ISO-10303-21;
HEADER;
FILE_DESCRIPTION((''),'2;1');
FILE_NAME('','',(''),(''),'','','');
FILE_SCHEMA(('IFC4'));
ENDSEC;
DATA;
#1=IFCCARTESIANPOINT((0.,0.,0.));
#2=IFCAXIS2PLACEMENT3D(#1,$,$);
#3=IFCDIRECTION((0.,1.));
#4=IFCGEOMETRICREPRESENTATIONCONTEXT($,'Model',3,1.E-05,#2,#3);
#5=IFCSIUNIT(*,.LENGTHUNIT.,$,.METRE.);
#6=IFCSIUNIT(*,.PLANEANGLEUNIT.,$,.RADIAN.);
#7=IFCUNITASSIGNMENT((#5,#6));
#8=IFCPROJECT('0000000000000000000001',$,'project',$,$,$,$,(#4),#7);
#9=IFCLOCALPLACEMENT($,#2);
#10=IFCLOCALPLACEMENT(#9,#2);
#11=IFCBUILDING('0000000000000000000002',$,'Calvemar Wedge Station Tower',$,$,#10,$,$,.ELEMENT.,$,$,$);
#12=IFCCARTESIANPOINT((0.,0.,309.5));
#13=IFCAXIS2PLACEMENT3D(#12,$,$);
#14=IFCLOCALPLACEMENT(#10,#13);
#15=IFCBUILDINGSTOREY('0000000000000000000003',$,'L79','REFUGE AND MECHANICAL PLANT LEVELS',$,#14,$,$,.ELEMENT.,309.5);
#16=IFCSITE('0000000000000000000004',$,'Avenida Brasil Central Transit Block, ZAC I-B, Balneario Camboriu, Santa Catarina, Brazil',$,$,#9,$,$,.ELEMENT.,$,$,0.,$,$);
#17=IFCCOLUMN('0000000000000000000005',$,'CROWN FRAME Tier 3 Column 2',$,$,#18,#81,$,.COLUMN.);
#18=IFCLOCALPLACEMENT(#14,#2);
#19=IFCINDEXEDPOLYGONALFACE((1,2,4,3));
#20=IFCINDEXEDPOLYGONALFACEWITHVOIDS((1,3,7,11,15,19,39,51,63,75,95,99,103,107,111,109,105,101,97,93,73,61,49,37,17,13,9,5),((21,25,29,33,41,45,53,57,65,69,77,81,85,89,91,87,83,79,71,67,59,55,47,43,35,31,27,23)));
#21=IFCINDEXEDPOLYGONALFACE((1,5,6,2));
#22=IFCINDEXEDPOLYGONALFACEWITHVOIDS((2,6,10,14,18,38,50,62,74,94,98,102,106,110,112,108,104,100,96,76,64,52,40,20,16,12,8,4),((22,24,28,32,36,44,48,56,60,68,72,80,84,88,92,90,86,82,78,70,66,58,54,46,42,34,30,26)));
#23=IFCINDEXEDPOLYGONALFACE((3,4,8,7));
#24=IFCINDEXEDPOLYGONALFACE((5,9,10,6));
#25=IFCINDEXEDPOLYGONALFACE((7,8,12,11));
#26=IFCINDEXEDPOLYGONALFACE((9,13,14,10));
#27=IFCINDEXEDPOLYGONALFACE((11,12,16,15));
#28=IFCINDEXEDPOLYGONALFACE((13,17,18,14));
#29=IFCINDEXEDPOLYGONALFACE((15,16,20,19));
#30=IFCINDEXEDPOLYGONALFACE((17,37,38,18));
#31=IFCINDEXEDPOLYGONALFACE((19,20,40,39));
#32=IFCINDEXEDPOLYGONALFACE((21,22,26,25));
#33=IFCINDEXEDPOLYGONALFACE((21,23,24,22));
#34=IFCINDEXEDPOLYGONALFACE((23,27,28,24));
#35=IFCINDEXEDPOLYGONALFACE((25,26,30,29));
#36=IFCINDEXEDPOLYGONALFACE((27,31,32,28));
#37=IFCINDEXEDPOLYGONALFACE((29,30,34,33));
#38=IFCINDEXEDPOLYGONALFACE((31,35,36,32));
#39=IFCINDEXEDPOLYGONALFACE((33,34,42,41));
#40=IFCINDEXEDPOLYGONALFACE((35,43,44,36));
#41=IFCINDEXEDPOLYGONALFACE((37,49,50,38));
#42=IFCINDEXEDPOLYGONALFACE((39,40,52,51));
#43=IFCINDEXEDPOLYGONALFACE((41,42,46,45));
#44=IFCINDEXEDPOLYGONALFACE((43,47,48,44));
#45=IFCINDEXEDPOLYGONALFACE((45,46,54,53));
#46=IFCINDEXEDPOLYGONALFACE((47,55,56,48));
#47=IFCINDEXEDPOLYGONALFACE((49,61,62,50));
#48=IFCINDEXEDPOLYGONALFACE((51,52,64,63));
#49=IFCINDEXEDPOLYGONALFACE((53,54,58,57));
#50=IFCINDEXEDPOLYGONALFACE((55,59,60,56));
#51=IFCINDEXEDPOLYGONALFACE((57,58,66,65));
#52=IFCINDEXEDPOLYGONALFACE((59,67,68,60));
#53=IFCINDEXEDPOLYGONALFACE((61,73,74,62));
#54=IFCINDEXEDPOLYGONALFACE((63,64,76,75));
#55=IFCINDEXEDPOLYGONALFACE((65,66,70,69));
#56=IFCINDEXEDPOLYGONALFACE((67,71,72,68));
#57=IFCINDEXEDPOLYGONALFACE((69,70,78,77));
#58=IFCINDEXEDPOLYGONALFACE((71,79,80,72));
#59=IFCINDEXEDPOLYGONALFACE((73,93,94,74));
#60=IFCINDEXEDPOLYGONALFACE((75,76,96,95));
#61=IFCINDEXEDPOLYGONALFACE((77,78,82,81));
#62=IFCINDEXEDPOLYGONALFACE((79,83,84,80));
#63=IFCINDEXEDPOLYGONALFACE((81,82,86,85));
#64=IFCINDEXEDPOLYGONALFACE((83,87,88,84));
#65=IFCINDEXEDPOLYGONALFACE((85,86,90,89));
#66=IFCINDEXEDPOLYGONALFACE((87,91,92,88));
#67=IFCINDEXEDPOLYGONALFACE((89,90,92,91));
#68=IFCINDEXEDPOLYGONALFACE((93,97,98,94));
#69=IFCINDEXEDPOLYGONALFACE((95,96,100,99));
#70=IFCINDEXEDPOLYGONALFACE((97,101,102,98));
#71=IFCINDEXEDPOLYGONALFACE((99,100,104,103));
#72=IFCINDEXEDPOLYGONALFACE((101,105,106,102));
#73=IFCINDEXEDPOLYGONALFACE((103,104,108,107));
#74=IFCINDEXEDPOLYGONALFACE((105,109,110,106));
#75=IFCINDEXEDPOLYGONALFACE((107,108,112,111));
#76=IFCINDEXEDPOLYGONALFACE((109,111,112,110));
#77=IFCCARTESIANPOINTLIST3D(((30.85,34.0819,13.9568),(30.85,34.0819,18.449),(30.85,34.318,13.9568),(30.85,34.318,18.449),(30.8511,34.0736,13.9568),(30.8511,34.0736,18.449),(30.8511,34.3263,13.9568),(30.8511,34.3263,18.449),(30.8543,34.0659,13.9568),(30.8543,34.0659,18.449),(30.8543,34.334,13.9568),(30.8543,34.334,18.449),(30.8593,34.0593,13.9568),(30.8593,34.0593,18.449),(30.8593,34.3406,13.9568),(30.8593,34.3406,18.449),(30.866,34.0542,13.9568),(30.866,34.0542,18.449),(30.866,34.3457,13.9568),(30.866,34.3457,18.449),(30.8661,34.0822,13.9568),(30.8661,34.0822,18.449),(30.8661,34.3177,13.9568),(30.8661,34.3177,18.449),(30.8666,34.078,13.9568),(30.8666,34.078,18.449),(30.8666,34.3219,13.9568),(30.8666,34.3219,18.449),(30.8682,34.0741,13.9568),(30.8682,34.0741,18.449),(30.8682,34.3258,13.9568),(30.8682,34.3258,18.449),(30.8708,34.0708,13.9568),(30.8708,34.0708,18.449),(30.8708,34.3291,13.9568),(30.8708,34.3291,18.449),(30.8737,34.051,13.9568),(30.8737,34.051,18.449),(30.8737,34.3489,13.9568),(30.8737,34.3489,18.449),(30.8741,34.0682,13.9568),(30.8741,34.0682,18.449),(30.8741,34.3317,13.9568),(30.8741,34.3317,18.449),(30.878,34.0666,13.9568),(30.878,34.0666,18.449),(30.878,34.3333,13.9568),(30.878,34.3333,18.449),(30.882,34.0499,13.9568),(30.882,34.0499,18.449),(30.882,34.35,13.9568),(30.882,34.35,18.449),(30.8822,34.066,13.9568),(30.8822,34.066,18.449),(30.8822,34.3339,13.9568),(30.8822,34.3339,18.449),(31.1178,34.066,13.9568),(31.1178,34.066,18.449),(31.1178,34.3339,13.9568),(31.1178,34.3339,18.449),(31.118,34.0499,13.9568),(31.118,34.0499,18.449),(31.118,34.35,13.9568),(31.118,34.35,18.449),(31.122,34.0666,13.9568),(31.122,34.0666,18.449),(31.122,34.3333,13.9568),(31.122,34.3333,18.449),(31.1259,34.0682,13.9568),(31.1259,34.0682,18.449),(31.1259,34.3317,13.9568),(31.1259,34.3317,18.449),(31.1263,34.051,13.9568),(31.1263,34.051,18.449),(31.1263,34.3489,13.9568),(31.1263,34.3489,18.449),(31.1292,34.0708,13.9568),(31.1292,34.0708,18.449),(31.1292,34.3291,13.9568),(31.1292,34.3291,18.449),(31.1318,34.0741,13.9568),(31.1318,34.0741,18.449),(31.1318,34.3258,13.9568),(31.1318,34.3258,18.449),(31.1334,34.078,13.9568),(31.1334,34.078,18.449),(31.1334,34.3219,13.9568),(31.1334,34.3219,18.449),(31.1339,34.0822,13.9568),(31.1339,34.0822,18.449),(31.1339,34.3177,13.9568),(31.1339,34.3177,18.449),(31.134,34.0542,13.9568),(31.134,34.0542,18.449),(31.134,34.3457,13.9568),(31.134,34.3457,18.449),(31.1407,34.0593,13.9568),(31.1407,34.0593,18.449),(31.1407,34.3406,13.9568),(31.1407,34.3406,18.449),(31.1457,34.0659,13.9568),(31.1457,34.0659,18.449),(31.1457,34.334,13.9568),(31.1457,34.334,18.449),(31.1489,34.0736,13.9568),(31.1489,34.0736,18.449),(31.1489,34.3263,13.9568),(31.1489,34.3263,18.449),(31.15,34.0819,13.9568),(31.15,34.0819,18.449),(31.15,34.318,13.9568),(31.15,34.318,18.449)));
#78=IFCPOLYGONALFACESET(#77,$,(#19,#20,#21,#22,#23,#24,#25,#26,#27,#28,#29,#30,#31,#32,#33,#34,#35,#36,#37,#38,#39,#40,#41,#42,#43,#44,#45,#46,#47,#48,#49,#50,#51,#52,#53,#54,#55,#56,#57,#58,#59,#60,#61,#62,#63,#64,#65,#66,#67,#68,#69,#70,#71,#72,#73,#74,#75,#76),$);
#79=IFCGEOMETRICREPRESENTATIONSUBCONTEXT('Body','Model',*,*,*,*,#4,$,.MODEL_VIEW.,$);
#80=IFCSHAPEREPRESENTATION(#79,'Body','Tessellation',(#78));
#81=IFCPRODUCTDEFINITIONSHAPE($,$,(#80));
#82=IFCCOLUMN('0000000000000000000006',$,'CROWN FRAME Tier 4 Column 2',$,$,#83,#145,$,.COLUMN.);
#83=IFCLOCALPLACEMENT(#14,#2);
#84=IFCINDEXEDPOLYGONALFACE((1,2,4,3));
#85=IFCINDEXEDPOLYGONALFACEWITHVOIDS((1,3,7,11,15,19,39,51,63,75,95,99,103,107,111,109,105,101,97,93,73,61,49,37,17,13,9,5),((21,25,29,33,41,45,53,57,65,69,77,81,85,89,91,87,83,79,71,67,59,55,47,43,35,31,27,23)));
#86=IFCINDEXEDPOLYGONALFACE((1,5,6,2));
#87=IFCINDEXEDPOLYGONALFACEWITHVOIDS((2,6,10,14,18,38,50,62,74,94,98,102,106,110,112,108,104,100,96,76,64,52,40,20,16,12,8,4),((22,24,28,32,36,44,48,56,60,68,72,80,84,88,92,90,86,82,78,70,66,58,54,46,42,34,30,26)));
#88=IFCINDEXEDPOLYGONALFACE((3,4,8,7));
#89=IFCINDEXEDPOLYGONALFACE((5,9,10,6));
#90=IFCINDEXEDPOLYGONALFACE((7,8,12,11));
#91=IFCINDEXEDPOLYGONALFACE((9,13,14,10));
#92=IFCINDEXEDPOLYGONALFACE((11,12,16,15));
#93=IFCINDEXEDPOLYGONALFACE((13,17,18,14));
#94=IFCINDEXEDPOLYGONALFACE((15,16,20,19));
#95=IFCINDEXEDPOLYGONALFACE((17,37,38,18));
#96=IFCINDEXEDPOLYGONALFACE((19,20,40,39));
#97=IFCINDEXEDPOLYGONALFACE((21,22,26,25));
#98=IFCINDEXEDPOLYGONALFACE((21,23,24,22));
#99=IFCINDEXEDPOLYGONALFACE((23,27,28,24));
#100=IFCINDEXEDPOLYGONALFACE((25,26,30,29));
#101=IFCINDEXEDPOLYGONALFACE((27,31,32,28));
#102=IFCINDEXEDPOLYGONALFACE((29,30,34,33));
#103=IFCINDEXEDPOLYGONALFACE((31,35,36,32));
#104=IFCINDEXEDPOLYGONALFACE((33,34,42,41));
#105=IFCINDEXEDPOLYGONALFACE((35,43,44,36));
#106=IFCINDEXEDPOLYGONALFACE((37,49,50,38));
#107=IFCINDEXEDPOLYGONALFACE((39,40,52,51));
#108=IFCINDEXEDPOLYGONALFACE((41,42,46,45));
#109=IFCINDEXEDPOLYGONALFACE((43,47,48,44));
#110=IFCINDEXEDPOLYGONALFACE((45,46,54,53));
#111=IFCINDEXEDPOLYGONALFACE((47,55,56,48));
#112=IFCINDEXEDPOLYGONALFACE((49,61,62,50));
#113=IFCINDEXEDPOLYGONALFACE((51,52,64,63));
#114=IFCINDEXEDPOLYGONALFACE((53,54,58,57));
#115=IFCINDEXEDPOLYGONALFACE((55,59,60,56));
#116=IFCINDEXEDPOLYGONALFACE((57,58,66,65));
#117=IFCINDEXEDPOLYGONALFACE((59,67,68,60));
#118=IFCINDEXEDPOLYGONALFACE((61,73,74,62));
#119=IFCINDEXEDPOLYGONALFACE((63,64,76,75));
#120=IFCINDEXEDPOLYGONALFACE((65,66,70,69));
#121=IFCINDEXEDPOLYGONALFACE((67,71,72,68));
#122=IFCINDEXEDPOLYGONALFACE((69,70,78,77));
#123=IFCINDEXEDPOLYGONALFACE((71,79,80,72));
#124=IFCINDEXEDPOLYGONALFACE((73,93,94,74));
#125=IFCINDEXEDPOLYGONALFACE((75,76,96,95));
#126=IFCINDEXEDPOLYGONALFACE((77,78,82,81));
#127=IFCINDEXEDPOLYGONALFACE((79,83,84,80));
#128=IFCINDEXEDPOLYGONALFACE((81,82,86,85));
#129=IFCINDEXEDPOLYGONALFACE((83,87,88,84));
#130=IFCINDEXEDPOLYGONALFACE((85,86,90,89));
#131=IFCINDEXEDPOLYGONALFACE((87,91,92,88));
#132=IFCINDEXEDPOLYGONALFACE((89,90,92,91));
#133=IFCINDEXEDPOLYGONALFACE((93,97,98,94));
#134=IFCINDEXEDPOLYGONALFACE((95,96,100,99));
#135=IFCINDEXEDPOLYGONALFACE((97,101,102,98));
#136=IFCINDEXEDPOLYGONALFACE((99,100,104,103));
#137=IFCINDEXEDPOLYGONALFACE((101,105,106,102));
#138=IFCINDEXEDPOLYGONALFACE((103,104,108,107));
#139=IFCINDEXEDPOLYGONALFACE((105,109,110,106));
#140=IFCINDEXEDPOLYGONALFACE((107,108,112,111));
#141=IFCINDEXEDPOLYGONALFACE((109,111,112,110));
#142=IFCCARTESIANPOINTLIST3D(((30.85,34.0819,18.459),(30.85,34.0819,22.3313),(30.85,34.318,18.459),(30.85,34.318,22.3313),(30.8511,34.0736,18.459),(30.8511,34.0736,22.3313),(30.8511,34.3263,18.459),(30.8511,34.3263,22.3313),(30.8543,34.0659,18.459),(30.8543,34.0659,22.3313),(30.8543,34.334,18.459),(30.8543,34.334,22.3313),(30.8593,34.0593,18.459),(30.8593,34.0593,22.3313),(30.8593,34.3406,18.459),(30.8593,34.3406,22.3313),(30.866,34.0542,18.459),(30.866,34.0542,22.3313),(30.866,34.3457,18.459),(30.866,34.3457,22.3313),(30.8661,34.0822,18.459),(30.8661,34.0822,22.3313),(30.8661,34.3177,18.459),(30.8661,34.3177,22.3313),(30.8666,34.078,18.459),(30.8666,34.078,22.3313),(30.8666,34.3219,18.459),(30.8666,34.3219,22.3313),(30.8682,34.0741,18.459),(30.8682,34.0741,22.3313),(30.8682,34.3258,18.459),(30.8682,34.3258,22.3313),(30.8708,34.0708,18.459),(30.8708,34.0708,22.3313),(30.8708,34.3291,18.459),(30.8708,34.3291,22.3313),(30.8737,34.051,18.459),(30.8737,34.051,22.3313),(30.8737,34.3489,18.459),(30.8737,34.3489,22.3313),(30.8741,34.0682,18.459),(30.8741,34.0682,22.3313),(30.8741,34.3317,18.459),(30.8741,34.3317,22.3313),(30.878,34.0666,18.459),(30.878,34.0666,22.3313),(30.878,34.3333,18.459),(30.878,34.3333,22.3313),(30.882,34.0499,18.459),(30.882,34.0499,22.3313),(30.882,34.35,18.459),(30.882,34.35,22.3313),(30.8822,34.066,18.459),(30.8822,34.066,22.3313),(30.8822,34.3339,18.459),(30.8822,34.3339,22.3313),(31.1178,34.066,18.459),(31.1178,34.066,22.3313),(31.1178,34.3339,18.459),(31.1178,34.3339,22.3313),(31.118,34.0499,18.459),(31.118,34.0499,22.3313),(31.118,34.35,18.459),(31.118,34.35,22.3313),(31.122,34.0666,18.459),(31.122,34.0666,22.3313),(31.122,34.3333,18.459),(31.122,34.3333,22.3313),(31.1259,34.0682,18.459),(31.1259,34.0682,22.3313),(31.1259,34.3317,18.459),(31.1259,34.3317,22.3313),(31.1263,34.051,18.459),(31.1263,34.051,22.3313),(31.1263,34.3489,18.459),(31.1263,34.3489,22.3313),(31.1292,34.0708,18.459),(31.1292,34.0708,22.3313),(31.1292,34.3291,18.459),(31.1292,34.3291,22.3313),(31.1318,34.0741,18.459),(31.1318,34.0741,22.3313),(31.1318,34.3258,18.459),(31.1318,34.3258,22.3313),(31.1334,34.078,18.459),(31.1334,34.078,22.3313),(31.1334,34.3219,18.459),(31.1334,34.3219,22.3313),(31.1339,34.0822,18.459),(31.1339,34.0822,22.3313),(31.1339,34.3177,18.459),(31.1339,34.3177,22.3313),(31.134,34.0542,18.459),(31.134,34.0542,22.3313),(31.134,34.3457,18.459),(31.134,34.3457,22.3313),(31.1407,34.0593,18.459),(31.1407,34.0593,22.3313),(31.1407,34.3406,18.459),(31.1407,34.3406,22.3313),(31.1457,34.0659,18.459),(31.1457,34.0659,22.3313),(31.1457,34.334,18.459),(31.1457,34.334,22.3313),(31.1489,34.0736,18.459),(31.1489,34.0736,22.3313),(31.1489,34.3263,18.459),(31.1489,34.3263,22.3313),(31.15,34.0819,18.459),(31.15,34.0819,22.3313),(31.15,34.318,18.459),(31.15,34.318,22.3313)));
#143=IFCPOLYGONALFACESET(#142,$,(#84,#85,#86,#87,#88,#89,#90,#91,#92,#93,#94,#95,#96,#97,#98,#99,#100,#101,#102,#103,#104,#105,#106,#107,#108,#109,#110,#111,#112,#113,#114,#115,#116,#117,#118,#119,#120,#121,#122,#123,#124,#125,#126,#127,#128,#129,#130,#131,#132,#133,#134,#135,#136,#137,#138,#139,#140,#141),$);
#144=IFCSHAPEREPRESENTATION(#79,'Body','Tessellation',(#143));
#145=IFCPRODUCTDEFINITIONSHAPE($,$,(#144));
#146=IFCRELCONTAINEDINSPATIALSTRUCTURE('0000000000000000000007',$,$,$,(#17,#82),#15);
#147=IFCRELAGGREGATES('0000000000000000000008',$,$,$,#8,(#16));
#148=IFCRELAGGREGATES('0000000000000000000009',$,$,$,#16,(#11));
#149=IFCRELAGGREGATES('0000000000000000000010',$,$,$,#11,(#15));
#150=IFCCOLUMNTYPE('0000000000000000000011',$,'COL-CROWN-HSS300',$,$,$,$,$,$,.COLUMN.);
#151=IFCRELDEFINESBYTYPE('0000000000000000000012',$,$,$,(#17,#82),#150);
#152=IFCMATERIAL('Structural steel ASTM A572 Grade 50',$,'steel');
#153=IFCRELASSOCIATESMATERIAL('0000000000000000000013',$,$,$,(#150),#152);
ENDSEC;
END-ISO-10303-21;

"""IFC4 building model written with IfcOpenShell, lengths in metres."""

from ifc_helpers import new_model, si_unit, direction, frame, origin, origin_2d, place, context, subcontext, project, spatial, hollow_rectangle, extrude, source, transform, mapped, material, material_profile, profile_set, type_object, element, save


model = new_model("IFC4")

# Units and contexts
model_context = context("Model", 3, precision=1e-05, world=origin(), true_north=direction((0.0, 1.0)))
body_context = subcontext(model_context, "Body", "Model", "MODEL_VIEW")
ifc_project = project(units=[si_unit("LENGTHUNIT", "METRE"), si_unit("PLANEANGLEUNIT", "RADIAN")], contexts=[model_context])

# Site, building, storey
site_placement = place(None, origin())
site = spatial("IfcSite", under=ifc_project, at=site_placement, Name="Avenida Brasil Central Transit Block, ZAC I-B, Balneario Camboriu, Santa Catarina, Brazil", CompositionType="ELEMENT", RefElevation=0.0)
building_placement = place(site_placement, origin())
building = spatial("IfcBuilding", under=site, at=building_placement, Name="Calvemar Wedge Station Tower", CompositionType="ELEMENT")
storey_placement = place(building_placement, frame((0.0, 0.0, 309.5)))
storey = spatial("IfcBuildingStorey", under=building, at=storey_placement, Name="L79", Description="REFUGE AND MECHANICAL PLANT LEVELS", CompositionType="ELEMENT", Elevation=309.5)

# Columns
ifc_material_1 = material(Name="Structural steel ASTM A572 Grade 50", Category="steel")
ifc_material_profile_1 = material_profile(ifc_material_1, hollow_rectangle(XDim=0.3, YDim=0.3, WallThickness=0.0161, InnerFilletRadius=0.0161, OuterFilletRadius=0.032, at=origin_2d()), Name="HSS300x300x16")
ifc_profile_set_1 = profile_set([ifc_material_profile_1], Name="Structural steel ASTM A572 Grade 50")
column_type = type_object("IfcColumnType", Name="COL-CROWN-HSS300", PredefinedType="COLUMN", material=ifc_profile_set_1)
shared_shape_1 = source(origin(), body_context, "Body", "SweptSolid", [
    extrude(hollow_rectangle(XDim=0.3, YDim=0.3, WallThickness=0.0161, InnerFilletRadius=0.0161, OuterFilletRadius=0.032, at=origin_2d()), origin(), (0.0, 0.0, 1.0), 4.4922),
])
for number, where, z_axis, x_axis, name in (
    (1, (31.0, 34.2, 13.9568), (0.0, 0.0, 1.0), (1.0, 0.0, 0.0), "CROWN FRAME Tier 3 Column 2"),
):
    element("IfcColumn", number, at=place(storey_placement, frame(where, z_axis=z_axis, x_axis=x_axis)), inside=storey, type_object=column_type, Name=name, PredefinedType="COLUMN", context=body_context, shape_type="MappedRepresentation", body=[
        mapped(shared_shape_1, transform((0.0, 0.0, 0.0), scale=1.0)),
    ])
shared_shape_2 = source(origin(), body_context, "Body", "SweptSolid", [
    extrude(hollow_rectangle(XDim=0.3, YDim=0.3, WallThickness=0.0161, InnerFilletRadius=0.0161, OuterFilletRadius=0.032, at=origin_2d()), origin(), (0.0, 0.0, 1.0), 3.8723),
])
column_1_placement = place(storey_placement, frame((31.0, 34.2, 18.459), z_axis=(0.0, 0.0, 1.0), x_axis=(1.0, 0.0, 0.0)))
element("IfcColumn", 2, at=column_1_placement, inside=storey, type_object=column_type, Name="CROWN FRAME Tier 4 Column 2", PredefinedType="COLUMN", context=body_context, shape_type="MappedRepresentation", body=[
    mapped(shared_shape_2, transform((0.0, 0.0, 0.0), scale=1.0)),
])

save(model, "model.ifc")
